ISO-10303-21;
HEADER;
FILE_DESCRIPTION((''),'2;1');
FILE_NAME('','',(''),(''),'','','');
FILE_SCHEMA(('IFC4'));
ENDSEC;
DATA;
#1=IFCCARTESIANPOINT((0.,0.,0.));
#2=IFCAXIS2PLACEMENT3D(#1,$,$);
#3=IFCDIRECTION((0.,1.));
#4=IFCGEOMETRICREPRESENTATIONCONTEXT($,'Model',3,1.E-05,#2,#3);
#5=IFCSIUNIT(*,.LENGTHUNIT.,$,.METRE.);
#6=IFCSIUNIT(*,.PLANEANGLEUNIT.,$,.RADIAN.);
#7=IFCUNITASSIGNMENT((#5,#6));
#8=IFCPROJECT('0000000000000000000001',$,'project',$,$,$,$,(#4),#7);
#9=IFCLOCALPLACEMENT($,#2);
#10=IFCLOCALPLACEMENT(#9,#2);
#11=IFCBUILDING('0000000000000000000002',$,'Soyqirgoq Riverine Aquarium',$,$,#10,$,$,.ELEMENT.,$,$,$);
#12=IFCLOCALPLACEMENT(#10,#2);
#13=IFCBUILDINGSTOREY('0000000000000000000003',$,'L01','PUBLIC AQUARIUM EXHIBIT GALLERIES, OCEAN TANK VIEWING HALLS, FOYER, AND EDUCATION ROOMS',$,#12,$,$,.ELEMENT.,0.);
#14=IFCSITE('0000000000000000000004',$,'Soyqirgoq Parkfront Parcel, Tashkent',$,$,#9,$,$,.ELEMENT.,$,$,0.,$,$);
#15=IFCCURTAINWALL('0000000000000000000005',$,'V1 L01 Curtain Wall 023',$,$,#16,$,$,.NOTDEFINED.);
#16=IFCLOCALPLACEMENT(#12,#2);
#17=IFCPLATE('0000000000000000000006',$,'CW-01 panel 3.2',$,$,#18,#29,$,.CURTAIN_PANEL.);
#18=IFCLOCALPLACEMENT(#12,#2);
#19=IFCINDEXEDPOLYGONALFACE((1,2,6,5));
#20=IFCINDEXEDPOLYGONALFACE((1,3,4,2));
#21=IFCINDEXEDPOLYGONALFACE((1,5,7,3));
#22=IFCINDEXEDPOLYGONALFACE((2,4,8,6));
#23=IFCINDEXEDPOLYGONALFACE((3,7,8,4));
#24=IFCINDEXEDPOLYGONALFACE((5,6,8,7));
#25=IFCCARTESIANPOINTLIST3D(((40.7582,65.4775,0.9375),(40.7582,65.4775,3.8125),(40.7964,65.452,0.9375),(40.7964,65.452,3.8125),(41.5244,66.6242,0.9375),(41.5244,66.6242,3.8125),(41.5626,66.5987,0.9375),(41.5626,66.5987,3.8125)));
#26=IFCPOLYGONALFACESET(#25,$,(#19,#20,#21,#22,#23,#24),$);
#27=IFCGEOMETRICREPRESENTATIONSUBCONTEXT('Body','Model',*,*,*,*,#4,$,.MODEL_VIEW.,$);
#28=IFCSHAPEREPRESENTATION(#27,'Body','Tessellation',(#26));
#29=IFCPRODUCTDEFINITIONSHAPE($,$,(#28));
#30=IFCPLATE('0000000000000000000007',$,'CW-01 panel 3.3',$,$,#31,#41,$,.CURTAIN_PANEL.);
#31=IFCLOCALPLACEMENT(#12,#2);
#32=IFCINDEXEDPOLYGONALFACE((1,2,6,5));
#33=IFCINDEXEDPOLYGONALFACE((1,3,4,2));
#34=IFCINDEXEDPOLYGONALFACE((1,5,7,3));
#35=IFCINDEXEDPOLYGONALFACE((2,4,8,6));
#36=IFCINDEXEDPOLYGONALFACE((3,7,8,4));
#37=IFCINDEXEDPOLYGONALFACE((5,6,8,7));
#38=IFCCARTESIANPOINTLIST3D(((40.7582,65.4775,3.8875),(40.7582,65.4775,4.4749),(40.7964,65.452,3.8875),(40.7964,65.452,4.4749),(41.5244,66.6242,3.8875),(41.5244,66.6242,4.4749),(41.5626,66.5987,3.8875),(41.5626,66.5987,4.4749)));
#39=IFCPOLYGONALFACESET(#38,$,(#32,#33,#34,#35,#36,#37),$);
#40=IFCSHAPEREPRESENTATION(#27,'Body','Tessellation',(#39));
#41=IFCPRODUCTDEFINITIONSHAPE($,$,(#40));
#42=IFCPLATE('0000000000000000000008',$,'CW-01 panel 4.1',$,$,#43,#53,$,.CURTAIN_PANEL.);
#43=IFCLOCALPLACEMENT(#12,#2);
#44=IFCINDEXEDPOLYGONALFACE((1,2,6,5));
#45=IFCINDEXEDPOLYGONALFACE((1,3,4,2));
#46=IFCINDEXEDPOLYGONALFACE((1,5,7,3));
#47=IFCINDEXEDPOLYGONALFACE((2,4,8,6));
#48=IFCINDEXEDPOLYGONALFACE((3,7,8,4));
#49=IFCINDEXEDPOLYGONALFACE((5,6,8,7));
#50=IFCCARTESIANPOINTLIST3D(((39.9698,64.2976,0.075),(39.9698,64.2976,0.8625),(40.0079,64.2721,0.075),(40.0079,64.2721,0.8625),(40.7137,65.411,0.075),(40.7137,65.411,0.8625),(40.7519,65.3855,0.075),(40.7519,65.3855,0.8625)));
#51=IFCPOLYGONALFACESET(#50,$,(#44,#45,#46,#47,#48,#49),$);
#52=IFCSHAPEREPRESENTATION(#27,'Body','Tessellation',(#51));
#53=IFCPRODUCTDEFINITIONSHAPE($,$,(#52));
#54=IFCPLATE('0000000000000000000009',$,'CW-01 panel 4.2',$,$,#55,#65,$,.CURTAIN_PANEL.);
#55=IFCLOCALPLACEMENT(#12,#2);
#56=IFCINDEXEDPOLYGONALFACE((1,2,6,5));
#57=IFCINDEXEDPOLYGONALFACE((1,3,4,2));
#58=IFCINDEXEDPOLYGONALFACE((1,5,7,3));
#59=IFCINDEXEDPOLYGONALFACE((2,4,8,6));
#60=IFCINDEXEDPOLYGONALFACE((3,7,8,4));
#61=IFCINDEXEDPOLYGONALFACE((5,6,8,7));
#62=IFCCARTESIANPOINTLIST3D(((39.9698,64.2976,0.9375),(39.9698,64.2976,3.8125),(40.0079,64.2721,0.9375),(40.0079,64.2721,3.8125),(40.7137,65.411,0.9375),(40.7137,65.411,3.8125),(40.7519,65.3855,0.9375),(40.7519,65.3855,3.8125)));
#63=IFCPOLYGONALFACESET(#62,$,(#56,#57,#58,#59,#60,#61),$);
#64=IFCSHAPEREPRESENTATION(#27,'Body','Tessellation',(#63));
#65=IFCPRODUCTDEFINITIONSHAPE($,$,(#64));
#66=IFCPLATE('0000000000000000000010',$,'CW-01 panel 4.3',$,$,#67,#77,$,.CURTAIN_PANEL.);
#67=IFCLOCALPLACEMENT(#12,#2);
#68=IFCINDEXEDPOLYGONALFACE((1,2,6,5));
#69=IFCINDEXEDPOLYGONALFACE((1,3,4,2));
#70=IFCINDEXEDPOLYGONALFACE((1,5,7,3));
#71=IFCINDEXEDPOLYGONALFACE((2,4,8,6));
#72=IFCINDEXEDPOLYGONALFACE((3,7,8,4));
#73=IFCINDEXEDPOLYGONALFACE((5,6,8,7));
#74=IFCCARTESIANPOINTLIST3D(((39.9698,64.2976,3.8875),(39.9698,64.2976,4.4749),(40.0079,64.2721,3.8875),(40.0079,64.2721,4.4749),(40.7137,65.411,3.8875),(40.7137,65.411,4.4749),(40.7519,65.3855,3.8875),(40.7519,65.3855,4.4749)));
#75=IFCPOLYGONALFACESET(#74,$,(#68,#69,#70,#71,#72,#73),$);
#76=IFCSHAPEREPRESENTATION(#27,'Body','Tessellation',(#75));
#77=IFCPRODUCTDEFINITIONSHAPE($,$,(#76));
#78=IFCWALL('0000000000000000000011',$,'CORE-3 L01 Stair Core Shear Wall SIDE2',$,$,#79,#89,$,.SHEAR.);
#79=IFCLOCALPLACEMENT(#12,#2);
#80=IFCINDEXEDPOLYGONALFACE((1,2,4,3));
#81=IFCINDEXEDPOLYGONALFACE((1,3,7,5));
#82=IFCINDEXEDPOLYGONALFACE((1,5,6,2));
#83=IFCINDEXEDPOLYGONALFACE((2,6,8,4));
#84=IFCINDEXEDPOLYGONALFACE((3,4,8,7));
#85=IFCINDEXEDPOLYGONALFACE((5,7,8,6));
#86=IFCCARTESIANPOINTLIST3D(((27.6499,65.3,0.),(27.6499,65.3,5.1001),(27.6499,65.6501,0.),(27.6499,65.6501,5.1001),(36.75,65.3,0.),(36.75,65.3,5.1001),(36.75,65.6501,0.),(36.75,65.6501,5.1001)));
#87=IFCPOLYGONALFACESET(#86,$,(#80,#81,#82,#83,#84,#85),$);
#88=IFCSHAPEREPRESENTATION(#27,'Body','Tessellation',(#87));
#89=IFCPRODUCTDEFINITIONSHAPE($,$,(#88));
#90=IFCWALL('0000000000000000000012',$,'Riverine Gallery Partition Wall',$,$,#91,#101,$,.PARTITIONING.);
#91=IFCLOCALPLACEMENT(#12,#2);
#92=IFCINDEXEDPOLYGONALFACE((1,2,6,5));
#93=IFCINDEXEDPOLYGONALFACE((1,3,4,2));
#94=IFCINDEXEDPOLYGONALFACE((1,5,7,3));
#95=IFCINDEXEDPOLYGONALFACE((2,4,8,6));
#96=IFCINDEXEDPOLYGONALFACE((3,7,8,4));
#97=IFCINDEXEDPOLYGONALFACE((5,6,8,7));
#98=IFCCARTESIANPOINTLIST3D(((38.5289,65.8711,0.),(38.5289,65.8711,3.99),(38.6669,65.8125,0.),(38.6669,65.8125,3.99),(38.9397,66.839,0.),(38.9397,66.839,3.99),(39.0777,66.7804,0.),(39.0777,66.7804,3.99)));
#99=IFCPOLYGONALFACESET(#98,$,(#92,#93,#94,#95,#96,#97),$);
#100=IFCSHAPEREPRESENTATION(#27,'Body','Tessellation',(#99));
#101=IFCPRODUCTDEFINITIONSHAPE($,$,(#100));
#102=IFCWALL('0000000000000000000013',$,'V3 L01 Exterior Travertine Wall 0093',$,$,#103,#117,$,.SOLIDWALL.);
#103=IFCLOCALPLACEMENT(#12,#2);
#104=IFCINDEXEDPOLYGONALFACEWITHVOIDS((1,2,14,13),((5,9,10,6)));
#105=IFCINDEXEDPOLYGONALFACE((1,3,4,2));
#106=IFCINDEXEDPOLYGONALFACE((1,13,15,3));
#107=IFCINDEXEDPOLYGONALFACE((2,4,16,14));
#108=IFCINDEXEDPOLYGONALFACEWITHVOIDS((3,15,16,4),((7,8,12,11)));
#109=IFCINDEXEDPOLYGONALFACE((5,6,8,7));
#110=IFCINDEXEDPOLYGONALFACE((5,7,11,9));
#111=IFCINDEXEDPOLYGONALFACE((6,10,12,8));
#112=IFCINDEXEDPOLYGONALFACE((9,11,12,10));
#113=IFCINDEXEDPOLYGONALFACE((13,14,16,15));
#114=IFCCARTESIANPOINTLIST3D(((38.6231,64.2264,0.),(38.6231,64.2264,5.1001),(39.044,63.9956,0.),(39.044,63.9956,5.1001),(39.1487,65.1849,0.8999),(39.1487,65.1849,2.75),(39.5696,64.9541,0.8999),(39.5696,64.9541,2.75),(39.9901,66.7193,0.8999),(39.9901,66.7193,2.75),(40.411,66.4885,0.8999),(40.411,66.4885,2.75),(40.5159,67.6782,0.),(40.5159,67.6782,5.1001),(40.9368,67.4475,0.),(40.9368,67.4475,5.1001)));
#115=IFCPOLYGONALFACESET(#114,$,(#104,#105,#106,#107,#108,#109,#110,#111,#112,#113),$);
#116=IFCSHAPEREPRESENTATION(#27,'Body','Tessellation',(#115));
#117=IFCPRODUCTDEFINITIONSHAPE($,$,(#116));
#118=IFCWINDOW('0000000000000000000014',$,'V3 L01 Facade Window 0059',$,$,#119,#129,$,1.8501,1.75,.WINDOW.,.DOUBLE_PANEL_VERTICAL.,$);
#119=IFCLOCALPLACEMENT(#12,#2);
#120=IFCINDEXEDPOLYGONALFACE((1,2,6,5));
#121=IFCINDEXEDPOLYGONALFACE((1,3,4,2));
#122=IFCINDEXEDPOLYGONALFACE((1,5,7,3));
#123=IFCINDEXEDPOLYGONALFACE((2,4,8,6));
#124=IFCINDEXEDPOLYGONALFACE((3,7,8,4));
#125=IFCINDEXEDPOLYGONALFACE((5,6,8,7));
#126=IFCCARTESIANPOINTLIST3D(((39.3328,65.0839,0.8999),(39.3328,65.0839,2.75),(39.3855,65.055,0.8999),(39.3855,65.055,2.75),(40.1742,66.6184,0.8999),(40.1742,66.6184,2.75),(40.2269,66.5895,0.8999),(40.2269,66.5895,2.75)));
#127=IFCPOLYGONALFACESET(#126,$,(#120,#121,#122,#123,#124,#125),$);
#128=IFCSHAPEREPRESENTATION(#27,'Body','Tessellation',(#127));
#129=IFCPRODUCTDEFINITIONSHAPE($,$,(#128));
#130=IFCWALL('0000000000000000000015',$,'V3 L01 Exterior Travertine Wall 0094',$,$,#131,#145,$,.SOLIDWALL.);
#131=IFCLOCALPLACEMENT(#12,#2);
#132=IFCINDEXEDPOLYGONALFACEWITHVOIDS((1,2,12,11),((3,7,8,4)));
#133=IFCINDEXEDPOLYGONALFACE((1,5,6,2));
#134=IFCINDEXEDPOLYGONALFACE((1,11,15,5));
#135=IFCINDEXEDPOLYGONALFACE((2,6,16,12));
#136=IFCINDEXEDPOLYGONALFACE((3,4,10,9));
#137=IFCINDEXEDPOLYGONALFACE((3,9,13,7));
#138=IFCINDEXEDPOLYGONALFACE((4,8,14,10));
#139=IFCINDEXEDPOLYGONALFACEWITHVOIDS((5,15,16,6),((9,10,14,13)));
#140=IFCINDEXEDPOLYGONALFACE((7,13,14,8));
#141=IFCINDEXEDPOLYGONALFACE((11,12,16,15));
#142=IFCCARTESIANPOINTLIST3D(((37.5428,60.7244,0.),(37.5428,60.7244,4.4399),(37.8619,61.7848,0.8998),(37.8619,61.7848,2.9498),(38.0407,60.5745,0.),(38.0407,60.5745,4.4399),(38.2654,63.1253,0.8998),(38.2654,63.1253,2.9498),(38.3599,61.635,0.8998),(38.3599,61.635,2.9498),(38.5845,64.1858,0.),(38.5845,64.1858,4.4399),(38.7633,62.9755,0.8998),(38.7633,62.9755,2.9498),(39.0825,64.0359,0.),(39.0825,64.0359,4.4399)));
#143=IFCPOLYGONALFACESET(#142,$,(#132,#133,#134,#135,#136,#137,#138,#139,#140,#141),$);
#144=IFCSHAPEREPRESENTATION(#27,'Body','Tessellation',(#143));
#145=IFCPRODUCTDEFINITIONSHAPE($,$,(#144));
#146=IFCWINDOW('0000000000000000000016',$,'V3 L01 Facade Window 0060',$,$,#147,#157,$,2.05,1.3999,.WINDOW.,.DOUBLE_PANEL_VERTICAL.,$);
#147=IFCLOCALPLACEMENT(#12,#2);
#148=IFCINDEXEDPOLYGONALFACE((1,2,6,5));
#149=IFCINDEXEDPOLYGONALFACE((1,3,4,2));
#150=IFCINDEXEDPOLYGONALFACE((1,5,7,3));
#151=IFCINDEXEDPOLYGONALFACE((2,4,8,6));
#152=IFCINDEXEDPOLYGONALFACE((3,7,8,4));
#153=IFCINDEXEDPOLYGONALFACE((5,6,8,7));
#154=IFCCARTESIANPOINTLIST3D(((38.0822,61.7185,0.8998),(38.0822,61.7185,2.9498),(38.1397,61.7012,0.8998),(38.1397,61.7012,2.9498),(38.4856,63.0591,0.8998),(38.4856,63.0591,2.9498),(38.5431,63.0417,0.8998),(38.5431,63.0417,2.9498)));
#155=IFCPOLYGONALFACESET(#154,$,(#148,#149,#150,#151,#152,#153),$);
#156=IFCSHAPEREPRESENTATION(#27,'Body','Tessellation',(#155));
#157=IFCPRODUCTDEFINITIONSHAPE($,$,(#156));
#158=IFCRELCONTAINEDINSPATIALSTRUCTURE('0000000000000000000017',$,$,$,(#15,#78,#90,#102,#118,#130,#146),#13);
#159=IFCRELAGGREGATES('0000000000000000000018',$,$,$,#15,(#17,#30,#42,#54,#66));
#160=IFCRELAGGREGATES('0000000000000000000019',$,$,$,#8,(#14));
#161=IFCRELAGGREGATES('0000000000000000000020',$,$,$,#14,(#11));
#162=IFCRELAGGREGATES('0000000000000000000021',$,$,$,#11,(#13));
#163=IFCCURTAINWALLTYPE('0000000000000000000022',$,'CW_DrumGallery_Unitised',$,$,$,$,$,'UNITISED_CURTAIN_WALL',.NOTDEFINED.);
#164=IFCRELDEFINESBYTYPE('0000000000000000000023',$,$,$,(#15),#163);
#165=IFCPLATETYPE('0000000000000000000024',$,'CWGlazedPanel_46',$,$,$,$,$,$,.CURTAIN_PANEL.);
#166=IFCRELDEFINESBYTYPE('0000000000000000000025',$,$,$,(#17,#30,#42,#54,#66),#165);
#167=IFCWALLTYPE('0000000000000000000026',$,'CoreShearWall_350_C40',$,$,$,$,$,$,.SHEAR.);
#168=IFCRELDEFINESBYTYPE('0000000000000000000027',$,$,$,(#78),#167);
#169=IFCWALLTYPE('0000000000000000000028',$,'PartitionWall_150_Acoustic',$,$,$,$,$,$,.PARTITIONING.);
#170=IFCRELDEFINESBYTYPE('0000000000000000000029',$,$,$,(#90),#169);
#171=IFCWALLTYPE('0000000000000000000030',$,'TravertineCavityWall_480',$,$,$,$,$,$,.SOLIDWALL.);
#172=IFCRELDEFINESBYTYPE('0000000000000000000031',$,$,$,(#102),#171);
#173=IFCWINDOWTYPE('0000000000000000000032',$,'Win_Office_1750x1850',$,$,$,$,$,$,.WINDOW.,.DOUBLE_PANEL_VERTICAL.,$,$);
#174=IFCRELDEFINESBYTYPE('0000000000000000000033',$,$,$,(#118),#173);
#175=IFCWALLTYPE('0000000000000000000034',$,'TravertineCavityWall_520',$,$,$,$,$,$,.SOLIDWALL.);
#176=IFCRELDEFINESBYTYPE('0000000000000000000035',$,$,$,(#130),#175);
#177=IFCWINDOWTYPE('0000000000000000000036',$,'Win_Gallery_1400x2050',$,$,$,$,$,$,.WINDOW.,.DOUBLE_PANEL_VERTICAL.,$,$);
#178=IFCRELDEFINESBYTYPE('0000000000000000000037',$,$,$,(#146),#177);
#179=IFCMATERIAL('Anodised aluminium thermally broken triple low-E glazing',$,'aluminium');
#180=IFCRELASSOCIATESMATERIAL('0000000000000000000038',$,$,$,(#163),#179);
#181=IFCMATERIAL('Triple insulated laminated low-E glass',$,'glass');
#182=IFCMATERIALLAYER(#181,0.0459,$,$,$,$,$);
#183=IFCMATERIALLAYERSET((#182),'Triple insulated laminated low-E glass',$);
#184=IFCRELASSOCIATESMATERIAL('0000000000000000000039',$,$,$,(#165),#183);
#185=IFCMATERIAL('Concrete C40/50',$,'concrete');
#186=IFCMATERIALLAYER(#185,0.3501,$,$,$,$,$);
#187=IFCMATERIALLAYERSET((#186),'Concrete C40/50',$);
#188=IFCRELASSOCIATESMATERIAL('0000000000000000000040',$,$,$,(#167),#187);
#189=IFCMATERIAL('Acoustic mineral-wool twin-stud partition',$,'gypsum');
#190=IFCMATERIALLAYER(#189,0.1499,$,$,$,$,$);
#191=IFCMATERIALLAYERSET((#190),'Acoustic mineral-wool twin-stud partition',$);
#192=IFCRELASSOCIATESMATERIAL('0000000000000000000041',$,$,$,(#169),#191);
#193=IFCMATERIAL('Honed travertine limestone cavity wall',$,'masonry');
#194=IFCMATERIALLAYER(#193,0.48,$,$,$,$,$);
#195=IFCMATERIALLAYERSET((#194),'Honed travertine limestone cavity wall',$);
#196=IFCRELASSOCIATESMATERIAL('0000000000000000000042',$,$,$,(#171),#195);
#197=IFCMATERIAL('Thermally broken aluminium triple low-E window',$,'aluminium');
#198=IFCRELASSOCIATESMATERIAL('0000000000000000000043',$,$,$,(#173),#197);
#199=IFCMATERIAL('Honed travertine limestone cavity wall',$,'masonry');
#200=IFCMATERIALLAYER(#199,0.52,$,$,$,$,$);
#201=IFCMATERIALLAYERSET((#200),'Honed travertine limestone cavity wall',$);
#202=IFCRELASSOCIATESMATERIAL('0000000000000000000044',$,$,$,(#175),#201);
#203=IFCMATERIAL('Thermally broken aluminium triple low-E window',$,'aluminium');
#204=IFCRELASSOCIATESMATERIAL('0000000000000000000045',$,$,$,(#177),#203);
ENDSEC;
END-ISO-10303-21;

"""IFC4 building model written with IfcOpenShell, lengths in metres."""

from ifc_helpers import new_model, si_unit, direction, frame, frame_2d, origin, origin_2d, place, context, subcontext, project, spatial, rectangle, extrude, material, layer, layer_set, type_object, element, fill, aggregate, save


model = new_model("IFC4")

# Units and contexts
model_context = context("Model", 3, precision=1e-05, world=origin(), true_north=direction((0.0, 1.0)))
body_context = subcontext(model_context, "Body", "Model", "MODEL_VIEW")
ifc_project = project(units=[si_unit("LENGTHUNIT", "METRE"), si_unit("PLANEANGLEUNIT", "RADIAN")], contexts=[model_context])

# Site, building, storey
site_placement = place(None, origin())
site = spatial("IfcSite", under=ifc_project, at=site_placement, Name="Soyqirgoq Parkfront Parcel, Tashkent", CompositionType="ELEMENT", RefElevation=0.0)
building_placement = place(site_placement, origin())
building = spatial("IfcBuilding", under=site, at=building_placement, Name="Soyqirgoq Riverine Aquarium", CompositionType="ELEMENT")
storey_placement = place(building_placement, origin())
storey = spatial("IfcBuildingStorey", under=building, at=storey_placement, Name="L01", Description="PUBLIC AQUARIUM EXHIBIT GALLERIES, OCEAN TANK VIEWING HALLS, FOYER, AND EDUCATION ROOMS", CompositionType="ELEMENT", Elevation=0.0)

# Curtain wall
ifc_material_1 = material(Name="Anodised aluminium thermally broken triple low-E glazing", Category="aluminium")
curtain_wall_type = type_object("IfcCurtainWallType", Name="CW_DrumGallery_Unitised", ElementType="UNITISED_CURTAIN_WALL", PredefinedType="NOTDEFINED", material=ifc_material_1)
curtain_wall_placement = place(storey_placement, origin())
curtain_wall = element("IfcCurtainWall", 1, at=curtain_wall_placement, inside=storey, type_object=curtain_wall_type, Name="V1 L01 Curtain Wall 023", PredefinedType="NOTDEFINED")

# Plates
ifc_material_2 = material(Name="Triple insulated laminated low-E glass", Category="glass")
ifc_layer_1 = layer(ifc_material_2, 0.0459)
ifc_layer_set_1 = layer_set([ifc_layer_1], Name="Triple insulated laminated low-E glass")
plate_type = type_object("IfcPlateType", Name="CWGlazedPanel_46", PredefinedType="CURTAIN_PANEL", material=ifc_layer_set_1)
plate_1_placement = place(storey_placement, frame((41.1604, 66.0381, 0.9375), z_axis=(0.0, 0.0, 1.0), x_axis=(-0.555574, -0.831467, 0.0)))
plate_1 = element("IfcPlate", 2, at=plate_1_placement, type_object=plate_type, Name="CW-01 panel 3.2", PredefinedType="CURTAIN_PANEL", context=body_context, shape_type="SweptSolid", body=[
    extrude(rectangle(XDim=1.3792, YDim=0.0459, at=origin_2d()), origin(), (0.0, 0.0, 1.0), 2.875),
])
plate_2_placement = place(storey_placement, frame((41.1604, 66.0381, 3.8875), z_axis=(0.0, 0.0, 1.0), x_axis=(-0.555574, -0.831467, 0.0)))
plate_2 = element("IfcPlate", 3, at=plate_2_placement, type_object=plate_type, Name="CW-01 panel 3.3", PredefinedType="CURTAIN_PANEL", context=body_context, shape_type="SweptSolid", body=[
    extrude(rectangle(XDim=1.3792, YDim=0.0459, at=origin_2d()), origin(), (0.0, 0.0, 1.0), 0.5874),
])
plate_3_placement = place(storey_placement, frame((40.3608, 64.8416, 0.075), z_axis=(0.0, 0.0, 1.0), x_axis=(-0.555574, -0.831467, 0.0)))
plate_3 = element("IfcPlate", 4, at=plate_3_placement, type_object=plate_type, Name="CW-01 panel 4.1", PredefinedType="CURTAIN_PANEL", context=body_context, shape_type="SweptSolid", body=[
    extrude(rectangle(XDim=1.3391, YDim=0.0459, at=origin_2d()), origin(), (0.0, 0.0, 1.0), 0.7876),
])
plate_4_placement = place(storey_placement, frame((40.3608, 64.8416, 0.9375), z_axis=(0.0, 0.0, 1.0), x_axis=(-0.555574, -0.831467, 0.0)))
plate_4 = element("IfcPlate", 5, at=plate_4_placement, type_object=plate_type, Name="CW-01 panel 4.2", PredefinedType="CURTAIN_PANEL", context=body_context, shape_type="SweptSolid", body=[
    extrude(rectangle(XDim=1.3391, YDim=0.0459, at=origin_2d()), origin(), (0.0, 0.0, 1.0), 2.875),
])
plate_5_placement = place(storey_placement, frame((40.3608, 64.8416, 3.8875), z_axis=(0.0, 0.0, 1.0), x_axis=(-0.555574, -0.831467, 0.0)))
plate_5 = element("IfcPlate", 6, at=plate_5_placement, type_object=plate_type, Name="CW-01 panel 4.3", PredefinedType="CURTAIN_PANEL", context=body_context, shape_type="SweptSolid", body=[
    extrude(rectangle(XDim=1.3391, YDim=0.0459, at=origin_2d()), origin(), (0.0, 0.0, 1.0), 0.5874),
])
aggregate(curtain_wall, [plate_1, plate_2, plate_3, plate_4, plate_5])

# Walls
ifc_material_3 = material(Name="Concrete C40/50", Category="concrete")
ifc_layer_2 = layer(ifc_material_3, 0.3501)
ifc_layer_set_2 = layer_set([ifc_layer_2], Name="Concrete C40/50")
wall_type_1 = type_object("IfcWallType", Name="CoreShearWall_350_C40", PredefinedType="SHEAR", material=ifc_layer_set_2)
wall_1_placement = place(storey_placement, frame((36.75, 65.4751, 0.0), z_axis=(0.0, 0.0, 1.0), x_axis=(-1.0, 0.0, 0.0)))
element("IfcWall", 7, at=wall_1_placement, inside=storey, type_object=wall_type_1, Name="CORE-3 L01 Stair Core Shear Wall SIDE2", PredefinedType="SHEAR", context=body_context, shape_type="SweptSolid", body=[
    extrude(rectangle(XDim=9.1001, YDim=0.3501, at=frame_2d((4.55, 0.0))), origin(), (0.0, 0.0, 1.0), 5.1001),
])
ifc_material_4 = material(Name="Acoustic mineral-wool twin-stud partition", Category="gypsum")
ifc_layer_3 = layer(ifc_material_4, 0.1499)
ifc_layer_set_3 = layer_set([ifc_layer_3], Name="Acoustic mineral-wool twin-stud partition")
wall_type_2 = type_object("IfcWallType", Name="PartitionWall_150_Acoustic", PredefinedType="PARTITIONING", material=ifc_layer_set_3)
wall_2_placement = place(storey_placement, frame((39.0088, 66.8098, 0.0), z_axis=(0.0, 0.0, 1.0), x_axis=(-0.390723, -0.920508, 0.0)))
element("IfcWall", 8, at=wall_2_placement, inside=storey, type_object=wall_type_2, Name="Riverine Gallery Partition Wall", PredefinedType="PARTITIONING", context=body_context, shape_type="SweptSolid", body=[
    extrude(rectangle(XDim=1.0515, YDim=0.1499, at=frame_2d((0.5259, 0.0))), origin(), (0.0, 0.0, 1.0), 3.99),
])

# Walls, openings, windows
ifc_material_5 = material(Name="Honed travertine limestone cavity wall", Category="masonry")
ifc_layer_4 = layer(ifc_material_5, 0.48)
ifc_layer_set_4 = layer_set([ifc_layer_4], Name="Honed travertine limestone cavity wall")
wall_type_3 = type_object("IfcWallType", Name="TravertineCavityWall_480", PredefinedType="SOLIDWALL", material=ifc_layer_set_4)
wall_3_placement = place(storey_placement, frame((40.7263, 67.5627, 0.0), z_axis=(0.0, 0.0, 1.0), x_axis=(-0.480802, -0.876829, 0.0)))
wall_3 = element("IfcWall", 9, at=wall_3_placement, inside=storey, type_object=wall_type_3, Name="V3 L01 Exterior Travertine Wall 0093", PredefinedType="SOLIDWALL", context=body_context, shape_type="SweptSolid", body=[
    extrude(rectangle(XDim=3.9368, YDim=0.48, at=frame_2d((1.9683, 0.0))), origin(), (0.0, 0.0, 1.0), 5.1001),
])
opening_1_placement = place(wall_3_placement, frame((1.0935, 0.0, 0.8999)))
opening_1 = element("IfcOpeningElement", 10, at=opening_1_placement, cuts=wall_3, PredefinedType="OPENING", context=body_context, shape_type="SweptSolid", body=[
    extrude(rectangle(XDim=1.75, YDim=1.8501, at=frame_2d((0.875, 0.925))), frame((0.0, 0.25, 0.0), z_axis=(0.0, -1.0, 0.0), x_axis=(1.0, 0.0, 0.0)), (0.0, 0.0, 1.0), 0.5),
])
ifc_material_6 = material(Name="Thermally broken aluminium triple low-E window", Category="aluminium")
window_type_1 = type_object("IfcWindowType", Name="Win_Office_1750x1850", PartitioningType="DOUBLE_PANEL_VERTICAL", PredefinedType="WINDOW", material=ifc_material_6)
window_1_placement = place(opening_1_placement, origin())
window_1 = element("IfcWindow", 11, at=window_1_placement, inside=storey, type_object=window_type_1, Name="V3 L01 Facade Window 0059", OverallHeight=1.8501, OverallWidth=1.75, PartitioningType="DOUBLE_PANEL_VERTICAL", PredefinedType="WINDOW", context=body_context, shape_type="SweptSolid", body=[
    extrude(rectangle(XDim=1.75, YDim=1.8501, at=frame_2d((0.875, 0.925))), frame((0.0, 0.03, 0.0), z_axis=(0.0, -1.0, 0.0), x_axis=(1.0, 0.0, 0.0)), (0.0, 0.0, 1.0), 0.0601),
])
fill(opening_1, window_1)
ifc_material_7 = material(Name="Honed travertine limestone cavity wall", Category="masonry")
ifc_layer_5 = layer(ifc_material_7, 0.52)
ifc_layer_set_5 = layer_set([ifc_layer_5], Name="Honed travertine limestone cavity wall")
wall_type_4 = type_object("IfcWallType", Name="TravertineCavityWall_520", PredefinedType="SOLIDWALL", material=ifc_layer_set_5)
wall_4_placement = place(storey_placement, frame((38.8335, 64.1108, 0.0), z_axis=(0.0, 0.0, 1.0), x_axis=(-0.28819, -0.957573, 0.0)))
wall_4 = element("IfcWall", 12, at=wall_4_placement, inside=storey, type_object=wall_type_4, Name="V3 L01 Exterior Travertine Wall 0094", PredefinedType="SOLIDWALL", context=body_context, shape_type="SweptSolid", body=[
    extrude(rectangle(XDim=3.6147, YDim=0.52, at=frame_2d((1.8074, 0.0))), origin(), (0.0, 0.0, 1.0), 4.4399),
])
opening_2_placement = place(wall_4_placement, frame((1.1074, 0.0, 0.8999)))
opening_2 = element("IfcOpeningElement", 13, at=opening_2_placement, cuts=wall_4, PredefinedType="OPENING", context=body_context, shape_type="SweptSolid", body=[
    extrude(rectangle(XDim=1.3999, YDim=2.05, at=frame_2d((0.7, 1.0249))), frame((0.0, 0.27, 0.0), z_axis=(0.0, -1.0, 0.0), x_axis=(1.0, 0.0, 0.0)), (0.0, 0.0, 1.0), 0.54),
])
ifc_material_8 = material(Name="Thermally broken aluminium triple low-E window", Category="aluminium")
window_type_2 = type_object("IfcWindowType", Name="Win_Gallery_1400x2050", PartitioningType="DOUBLE_PANEL_VERTICAL", PredefinedType="WINDOW", material=ifc_material_8)
window_2_placement = place(opening_2_placement, origin())
window_2 = element("IfcWindow", 14, at=window_2_placement, inside=storey, type_object=window_type_2, Name="V3 L01 Facade Window 0060", OverallHeight=2.05, OverallWidth=1.3999, PartitioningType="DOUBLE_PANEL_VERTICAL", PredefinedType="WINDOW", context=body_context, shape_type="SweptSolid", body=[
    extrude(rectangle(XDim=1.3999, YDim=2.05, at=frame_2d((0.7, 1.0249))), frame((0.0, 0.03, 0.0), z_axis=(0.0, -1.0, 0.0), x_axis=(1.0, 0.0, 0.0)), (0.0, 0.0, 1.0), 0.0601),
])
fill(opening_2, window_2)

save(model, "model.ifc")
